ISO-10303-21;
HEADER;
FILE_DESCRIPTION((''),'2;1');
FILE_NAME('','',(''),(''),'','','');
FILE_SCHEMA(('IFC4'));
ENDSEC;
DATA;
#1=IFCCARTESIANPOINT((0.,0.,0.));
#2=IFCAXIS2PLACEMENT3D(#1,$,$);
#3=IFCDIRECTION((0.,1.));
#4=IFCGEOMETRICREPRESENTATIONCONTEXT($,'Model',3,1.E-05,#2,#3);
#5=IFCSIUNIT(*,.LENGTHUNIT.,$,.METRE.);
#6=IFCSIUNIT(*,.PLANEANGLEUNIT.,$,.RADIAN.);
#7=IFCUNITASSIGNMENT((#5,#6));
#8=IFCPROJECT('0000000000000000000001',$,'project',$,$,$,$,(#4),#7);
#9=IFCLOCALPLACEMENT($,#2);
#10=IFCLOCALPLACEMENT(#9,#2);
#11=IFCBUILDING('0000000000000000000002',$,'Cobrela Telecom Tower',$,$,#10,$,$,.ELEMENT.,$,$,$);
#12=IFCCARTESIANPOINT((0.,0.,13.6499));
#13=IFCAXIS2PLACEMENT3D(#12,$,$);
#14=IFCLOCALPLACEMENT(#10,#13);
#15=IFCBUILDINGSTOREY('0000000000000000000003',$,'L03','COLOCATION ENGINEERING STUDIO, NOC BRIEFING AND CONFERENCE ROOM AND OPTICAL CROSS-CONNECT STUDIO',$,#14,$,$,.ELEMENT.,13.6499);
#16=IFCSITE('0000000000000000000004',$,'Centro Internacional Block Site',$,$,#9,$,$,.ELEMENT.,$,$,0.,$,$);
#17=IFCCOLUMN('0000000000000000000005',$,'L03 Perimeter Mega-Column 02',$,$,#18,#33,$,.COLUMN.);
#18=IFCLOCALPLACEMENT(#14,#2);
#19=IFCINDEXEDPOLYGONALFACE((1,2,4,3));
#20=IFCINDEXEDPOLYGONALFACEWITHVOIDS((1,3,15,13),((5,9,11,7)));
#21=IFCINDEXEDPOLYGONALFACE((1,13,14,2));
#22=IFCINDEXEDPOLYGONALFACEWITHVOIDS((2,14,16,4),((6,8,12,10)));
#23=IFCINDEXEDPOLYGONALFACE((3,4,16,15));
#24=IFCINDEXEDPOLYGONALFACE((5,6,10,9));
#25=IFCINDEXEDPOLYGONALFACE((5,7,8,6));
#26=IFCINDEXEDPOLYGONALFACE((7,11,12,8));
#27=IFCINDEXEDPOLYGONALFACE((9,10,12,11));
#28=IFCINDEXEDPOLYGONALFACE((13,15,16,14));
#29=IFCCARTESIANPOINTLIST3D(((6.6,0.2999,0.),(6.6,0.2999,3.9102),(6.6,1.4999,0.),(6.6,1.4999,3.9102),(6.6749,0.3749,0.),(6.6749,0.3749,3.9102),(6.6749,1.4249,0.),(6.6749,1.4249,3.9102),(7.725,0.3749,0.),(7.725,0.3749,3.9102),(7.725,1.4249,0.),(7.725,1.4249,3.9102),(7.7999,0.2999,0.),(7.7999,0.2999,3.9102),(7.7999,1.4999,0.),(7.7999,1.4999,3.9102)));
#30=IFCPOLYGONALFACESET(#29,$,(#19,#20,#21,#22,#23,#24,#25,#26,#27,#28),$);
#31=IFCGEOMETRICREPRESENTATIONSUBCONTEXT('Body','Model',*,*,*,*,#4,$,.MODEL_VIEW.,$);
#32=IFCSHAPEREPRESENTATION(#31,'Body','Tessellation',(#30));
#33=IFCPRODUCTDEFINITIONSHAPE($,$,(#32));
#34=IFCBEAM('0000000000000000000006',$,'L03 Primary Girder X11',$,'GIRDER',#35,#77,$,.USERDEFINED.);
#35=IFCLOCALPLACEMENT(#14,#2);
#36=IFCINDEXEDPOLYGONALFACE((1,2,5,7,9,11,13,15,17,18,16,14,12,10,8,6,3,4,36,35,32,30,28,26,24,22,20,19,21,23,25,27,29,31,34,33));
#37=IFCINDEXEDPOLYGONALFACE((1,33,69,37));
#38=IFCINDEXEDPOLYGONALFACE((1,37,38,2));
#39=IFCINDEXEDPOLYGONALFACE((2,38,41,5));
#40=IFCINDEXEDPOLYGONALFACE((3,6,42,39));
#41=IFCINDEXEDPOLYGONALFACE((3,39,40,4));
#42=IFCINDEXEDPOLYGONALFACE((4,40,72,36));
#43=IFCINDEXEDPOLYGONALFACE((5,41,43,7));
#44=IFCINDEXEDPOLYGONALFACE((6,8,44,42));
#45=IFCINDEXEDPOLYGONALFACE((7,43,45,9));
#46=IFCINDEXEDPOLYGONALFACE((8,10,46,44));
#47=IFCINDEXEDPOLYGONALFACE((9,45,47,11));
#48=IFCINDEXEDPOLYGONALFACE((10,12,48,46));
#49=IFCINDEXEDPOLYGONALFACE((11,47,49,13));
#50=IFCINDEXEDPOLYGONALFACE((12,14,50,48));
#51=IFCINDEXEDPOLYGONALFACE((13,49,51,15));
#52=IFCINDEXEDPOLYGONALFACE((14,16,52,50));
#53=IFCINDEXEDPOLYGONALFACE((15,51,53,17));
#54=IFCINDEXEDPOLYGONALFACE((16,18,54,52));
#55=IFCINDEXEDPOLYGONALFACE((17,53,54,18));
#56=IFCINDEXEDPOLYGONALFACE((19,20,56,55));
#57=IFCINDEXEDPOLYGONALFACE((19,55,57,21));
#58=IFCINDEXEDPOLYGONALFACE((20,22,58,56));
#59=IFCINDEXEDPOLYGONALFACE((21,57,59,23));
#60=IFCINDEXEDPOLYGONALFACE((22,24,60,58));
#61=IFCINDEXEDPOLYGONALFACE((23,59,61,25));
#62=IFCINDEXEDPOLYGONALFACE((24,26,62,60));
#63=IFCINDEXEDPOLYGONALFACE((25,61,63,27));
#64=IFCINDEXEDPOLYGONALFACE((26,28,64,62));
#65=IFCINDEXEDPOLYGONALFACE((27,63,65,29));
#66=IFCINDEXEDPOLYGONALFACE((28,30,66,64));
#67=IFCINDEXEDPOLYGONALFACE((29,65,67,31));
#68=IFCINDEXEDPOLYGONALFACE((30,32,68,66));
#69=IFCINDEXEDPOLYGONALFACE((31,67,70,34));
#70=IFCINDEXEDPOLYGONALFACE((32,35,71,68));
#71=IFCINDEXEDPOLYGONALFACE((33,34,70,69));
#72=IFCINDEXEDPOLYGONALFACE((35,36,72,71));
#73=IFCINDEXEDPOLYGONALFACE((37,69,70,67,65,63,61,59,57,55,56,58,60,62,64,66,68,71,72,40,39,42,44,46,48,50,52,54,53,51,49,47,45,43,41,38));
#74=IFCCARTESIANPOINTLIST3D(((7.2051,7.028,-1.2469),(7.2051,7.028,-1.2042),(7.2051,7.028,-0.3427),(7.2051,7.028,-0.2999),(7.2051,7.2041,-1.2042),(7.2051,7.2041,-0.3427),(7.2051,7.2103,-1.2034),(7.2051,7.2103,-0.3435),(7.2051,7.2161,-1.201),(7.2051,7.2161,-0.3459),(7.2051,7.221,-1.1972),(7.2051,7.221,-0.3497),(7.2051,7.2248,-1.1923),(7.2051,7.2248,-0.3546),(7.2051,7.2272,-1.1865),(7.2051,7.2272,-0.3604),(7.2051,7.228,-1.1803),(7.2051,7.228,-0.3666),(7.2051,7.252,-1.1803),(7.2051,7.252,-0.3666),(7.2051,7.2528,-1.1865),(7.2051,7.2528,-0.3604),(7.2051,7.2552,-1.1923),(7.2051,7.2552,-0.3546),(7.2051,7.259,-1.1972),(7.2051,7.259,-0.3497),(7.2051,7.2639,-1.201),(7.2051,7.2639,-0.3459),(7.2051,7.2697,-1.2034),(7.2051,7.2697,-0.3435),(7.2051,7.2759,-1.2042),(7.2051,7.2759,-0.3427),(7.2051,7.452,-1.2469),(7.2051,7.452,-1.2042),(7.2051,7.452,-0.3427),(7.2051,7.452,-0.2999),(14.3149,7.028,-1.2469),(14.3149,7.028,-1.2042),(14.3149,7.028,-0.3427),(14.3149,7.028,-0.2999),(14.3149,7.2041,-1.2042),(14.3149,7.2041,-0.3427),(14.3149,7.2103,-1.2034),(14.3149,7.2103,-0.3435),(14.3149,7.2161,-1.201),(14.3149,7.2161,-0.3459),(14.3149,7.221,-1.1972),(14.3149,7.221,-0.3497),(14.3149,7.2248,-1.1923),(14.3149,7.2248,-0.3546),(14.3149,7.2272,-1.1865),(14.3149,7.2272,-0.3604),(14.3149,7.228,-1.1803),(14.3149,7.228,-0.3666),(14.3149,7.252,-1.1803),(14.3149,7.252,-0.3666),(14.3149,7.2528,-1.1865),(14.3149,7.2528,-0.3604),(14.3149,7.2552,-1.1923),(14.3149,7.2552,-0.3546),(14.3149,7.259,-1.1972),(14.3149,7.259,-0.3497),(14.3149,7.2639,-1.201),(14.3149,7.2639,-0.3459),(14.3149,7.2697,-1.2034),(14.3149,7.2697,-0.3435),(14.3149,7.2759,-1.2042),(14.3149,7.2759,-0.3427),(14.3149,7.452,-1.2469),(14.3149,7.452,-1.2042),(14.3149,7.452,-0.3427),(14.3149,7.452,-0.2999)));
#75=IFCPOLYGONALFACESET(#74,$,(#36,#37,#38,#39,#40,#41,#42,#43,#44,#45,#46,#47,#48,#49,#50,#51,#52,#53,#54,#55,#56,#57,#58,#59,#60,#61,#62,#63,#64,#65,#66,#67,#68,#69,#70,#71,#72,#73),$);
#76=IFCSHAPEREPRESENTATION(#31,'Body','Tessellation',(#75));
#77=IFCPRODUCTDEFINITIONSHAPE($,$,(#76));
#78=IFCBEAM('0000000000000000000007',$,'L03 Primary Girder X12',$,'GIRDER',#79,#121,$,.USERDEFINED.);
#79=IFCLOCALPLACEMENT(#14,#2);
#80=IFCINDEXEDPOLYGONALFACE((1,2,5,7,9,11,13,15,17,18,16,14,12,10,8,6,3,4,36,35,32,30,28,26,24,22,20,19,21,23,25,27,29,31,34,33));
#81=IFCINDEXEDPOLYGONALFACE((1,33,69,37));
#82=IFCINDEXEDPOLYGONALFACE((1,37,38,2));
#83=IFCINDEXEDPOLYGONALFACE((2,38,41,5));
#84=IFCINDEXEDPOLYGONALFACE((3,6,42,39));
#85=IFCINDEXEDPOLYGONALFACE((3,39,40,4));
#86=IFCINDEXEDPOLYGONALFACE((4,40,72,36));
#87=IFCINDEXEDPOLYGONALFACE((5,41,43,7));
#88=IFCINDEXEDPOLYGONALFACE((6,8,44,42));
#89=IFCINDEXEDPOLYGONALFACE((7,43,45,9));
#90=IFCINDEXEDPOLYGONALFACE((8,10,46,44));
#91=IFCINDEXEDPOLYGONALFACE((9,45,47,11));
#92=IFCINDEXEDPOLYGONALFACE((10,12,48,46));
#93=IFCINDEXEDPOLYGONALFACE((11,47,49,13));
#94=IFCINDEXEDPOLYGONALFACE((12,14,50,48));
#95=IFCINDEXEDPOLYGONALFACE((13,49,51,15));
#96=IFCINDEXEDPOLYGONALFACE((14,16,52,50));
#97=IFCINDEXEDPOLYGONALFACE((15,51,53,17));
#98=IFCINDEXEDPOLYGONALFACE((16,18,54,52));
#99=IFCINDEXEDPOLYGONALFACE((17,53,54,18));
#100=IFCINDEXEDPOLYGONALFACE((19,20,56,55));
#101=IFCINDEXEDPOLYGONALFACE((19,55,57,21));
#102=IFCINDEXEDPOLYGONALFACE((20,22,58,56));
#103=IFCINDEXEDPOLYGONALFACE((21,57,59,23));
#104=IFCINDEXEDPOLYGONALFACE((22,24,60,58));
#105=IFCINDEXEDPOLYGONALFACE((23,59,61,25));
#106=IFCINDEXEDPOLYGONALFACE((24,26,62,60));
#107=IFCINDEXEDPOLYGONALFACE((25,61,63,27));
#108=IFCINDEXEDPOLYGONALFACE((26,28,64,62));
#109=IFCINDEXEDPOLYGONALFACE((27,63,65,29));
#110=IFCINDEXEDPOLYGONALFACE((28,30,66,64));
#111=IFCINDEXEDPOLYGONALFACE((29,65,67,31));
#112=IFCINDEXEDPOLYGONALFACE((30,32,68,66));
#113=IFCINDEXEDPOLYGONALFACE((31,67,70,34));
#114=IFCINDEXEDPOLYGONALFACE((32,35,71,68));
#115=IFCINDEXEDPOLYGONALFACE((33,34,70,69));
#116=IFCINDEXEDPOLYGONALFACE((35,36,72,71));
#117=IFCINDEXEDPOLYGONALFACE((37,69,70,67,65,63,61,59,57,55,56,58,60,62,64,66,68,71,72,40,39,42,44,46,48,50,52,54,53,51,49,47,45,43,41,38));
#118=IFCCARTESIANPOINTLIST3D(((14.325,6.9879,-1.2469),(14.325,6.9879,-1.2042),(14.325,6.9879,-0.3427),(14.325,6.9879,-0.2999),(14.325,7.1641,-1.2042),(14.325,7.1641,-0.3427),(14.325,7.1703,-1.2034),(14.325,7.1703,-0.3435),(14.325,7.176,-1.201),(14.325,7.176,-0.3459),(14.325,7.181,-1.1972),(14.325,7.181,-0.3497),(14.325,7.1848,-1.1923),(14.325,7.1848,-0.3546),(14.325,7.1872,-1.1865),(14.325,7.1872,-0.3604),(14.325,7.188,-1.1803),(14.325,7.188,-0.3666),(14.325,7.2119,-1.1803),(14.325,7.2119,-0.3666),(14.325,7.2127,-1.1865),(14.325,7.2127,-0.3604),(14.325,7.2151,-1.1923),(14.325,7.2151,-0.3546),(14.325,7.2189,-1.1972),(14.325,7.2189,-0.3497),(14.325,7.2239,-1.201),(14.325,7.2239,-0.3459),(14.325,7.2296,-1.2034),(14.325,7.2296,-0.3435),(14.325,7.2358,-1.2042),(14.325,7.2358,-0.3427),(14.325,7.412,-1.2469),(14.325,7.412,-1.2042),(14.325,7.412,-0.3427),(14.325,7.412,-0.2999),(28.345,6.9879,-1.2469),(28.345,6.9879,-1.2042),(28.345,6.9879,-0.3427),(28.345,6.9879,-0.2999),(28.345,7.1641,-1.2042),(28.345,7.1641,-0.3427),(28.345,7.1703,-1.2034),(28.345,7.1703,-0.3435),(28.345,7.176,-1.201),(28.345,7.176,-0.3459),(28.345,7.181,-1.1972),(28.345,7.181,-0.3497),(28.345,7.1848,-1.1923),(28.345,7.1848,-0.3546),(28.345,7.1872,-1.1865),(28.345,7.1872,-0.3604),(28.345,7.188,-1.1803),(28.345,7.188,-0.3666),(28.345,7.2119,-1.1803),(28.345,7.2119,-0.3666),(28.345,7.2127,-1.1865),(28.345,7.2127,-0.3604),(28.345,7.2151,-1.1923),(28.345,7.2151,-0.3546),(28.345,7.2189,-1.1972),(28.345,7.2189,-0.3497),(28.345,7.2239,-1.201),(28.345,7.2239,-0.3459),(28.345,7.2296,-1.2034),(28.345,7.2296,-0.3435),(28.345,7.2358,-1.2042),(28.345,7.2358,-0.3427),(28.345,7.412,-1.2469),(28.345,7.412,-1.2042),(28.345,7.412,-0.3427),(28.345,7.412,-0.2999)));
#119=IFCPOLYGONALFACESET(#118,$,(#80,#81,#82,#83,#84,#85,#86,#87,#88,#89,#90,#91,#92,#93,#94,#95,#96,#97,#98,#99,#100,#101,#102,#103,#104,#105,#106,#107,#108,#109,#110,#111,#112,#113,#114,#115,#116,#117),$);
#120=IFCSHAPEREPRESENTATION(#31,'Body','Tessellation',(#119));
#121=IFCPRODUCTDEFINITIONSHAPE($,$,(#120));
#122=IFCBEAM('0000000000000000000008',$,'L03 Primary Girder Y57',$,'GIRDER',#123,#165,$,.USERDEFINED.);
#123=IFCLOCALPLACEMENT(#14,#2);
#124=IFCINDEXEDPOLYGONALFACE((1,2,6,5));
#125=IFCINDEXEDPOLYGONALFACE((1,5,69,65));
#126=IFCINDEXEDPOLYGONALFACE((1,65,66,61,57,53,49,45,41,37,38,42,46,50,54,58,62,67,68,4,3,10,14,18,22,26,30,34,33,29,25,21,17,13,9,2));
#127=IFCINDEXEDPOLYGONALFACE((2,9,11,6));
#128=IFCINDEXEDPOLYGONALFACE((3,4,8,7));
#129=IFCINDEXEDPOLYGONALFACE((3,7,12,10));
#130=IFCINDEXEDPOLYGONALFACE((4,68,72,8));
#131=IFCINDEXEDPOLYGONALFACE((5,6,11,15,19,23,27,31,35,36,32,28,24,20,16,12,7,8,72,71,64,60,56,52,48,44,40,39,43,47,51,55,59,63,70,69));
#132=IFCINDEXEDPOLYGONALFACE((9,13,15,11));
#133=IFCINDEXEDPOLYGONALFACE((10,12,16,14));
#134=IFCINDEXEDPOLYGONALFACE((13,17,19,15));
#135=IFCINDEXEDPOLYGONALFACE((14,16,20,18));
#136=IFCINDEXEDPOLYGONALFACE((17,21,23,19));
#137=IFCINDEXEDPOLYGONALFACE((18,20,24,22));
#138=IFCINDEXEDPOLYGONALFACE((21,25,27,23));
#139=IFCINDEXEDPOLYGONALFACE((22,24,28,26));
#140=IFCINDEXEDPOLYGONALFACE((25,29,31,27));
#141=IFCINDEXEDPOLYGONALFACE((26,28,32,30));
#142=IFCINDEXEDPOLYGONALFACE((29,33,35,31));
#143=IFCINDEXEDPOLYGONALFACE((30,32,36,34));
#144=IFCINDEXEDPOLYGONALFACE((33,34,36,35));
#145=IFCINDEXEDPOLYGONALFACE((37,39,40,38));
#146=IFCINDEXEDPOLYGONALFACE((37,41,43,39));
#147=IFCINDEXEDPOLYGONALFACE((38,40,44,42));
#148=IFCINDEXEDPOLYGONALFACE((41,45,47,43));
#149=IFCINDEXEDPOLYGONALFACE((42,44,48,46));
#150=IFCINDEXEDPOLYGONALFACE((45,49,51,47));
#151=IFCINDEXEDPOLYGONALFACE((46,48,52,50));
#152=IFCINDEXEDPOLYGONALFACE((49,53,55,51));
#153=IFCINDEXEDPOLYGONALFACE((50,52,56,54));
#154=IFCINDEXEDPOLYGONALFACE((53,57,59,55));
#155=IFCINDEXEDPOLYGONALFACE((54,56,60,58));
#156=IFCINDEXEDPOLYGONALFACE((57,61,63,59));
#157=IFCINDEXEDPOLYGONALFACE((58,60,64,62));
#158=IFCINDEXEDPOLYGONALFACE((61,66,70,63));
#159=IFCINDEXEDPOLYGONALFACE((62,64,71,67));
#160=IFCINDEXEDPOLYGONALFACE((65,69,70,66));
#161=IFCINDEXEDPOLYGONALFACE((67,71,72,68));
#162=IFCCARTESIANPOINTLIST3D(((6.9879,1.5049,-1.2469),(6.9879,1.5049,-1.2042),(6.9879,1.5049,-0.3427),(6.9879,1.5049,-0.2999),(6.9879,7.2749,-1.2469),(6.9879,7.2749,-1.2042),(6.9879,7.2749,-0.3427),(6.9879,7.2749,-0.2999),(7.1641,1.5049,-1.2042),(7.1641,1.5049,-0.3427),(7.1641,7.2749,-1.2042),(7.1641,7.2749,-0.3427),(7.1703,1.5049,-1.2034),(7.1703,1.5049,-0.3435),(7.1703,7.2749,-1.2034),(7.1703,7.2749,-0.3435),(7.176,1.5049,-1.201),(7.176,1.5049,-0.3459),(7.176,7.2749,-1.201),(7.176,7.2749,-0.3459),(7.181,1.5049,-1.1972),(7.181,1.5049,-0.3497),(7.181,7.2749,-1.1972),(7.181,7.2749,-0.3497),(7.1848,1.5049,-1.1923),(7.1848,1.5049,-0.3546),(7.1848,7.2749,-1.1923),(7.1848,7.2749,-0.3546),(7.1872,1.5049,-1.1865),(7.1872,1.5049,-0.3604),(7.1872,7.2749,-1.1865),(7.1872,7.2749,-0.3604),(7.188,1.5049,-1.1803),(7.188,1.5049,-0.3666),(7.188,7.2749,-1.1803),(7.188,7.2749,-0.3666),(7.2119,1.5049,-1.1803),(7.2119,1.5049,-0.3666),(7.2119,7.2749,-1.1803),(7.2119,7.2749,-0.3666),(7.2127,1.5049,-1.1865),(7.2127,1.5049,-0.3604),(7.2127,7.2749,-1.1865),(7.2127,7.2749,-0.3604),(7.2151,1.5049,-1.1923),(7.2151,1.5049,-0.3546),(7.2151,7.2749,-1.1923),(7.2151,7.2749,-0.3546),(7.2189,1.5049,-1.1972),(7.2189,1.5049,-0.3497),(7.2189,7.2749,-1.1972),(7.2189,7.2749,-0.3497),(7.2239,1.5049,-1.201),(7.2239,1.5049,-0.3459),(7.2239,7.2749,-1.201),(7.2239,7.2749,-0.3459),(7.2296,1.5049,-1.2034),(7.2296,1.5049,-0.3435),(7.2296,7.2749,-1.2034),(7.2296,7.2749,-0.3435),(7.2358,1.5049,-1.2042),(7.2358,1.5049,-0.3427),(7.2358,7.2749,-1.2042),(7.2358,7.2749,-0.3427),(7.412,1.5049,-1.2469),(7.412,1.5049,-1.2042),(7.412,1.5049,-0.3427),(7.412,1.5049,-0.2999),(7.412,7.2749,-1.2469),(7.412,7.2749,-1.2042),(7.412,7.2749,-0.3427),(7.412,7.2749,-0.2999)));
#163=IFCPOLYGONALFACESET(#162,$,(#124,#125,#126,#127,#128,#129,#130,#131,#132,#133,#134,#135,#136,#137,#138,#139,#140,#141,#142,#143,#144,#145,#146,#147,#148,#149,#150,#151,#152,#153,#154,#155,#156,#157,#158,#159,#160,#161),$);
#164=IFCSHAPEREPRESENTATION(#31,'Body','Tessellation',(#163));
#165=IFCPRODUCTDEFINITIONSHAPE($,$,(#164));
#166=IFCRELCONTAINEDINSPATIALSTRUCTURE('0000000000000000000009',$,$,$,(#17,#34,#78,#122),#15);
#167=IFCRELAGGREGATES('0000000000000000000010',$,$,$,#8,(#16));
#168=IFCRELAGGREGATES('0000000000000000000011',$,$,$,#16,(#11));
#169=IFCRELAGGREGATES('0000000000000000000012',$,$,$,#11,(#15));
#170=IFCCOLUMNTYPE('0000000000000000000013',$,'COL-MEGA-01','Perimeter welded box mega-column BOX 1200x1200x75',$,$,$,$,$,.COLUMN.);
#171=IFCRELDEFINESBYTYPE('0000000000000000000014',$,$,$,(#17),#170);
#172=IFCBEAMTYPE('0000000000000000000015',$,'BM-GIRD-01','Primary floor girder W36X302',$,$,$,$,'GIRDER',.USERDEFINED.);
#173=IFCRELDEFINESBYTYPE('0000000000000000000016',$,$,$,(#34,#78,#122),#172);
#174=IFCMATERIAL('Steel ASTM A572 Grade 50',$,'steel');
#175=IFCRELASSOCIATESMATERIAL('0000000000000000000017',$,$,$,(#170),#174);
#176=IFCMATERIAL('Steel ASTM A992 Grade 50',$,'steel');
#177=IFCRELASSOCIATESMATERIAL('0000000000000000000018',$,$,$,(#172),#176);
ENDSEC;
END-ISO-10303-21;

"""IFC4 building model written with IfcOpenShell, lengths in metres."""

from ifc_helpers import new_model, si_unit, direction, frame, origin, origin_2d, place, context, subcontext, project, spatial, hollow_rectangle, i_section, extrude, material, material_profile, profile_set, type_object, element, save


model = new_model("IFC4")

# Units and contexts
model_context = context("Model", 3, precision=1e-05, world=origin(), true_north=direction((0.0, 1.0)))
body_context = subcontext(model_context, "Body", "Model", "MODEL_VIEW")
ifc_project = project(units=[si_unit("LENGTHUNIT", "METRE"), si_unit("PLANEANGLEUNIT", "RADIAN")], contexts=[model_context])

# Site, building, storey
site_placement = place(None, origin())
site = spatial("IfcSite", under=ifc_project, at=site_placement, Name="Centro Internacional Block Site", CompositionType="ELEMENT", RefElevation=0.0)
building_placement = place(site_placement, origin())
building = spatial("IfcBuilding", under=site, at=building_placement, Name="Cobrela Telecom Tower", CompositionType="ELEMENT")
storey_placement = place(building_placement, frame((0.0, 0.0, 13.6499)))
storey = spatial("IfcBuildingStorey", under=building, at=storey_placement, Name="L03", Description="COLOCATION ENGINEERING STUDIO, NOC BRIEFING AND CONFERENCE ROOM AND OPTICAL CROSS-CONNECT STUDIO", CompositionType="ELEMENT", Elevation=13.6499)

# Column
ifc_material_1 = material(Name="Steel ASTM A572 Grade 50", Category="steel")
ifc_material_profile_1 = material_profile(ifc_material_1, hollow_rectangle(XDim=1.2, YDim=1.2, WallThickness=0.075, at=origin_2d()), Name="BOX 1200x1200x75")
ifc_profile_set_1 = profile_set([ifc_material_profile_1], Name="Steel ASTM A572 Grade 50")
column_type = type_object("IfcColumnType", Name="COL-MEGA-01", Description="Perimeter welded box mega-column BOX 1200x1200x75", PredefinedType="COLUMN", material=ifc_profile_set_1)
column_placement = place(storey_placement, frame((7.2, 0.8999, 0.0), z_axis=(0.0, 0.0, 1.0), x_axis=(1.0, 0.0, 0.0)))
element("IfcColumn", 1, at=column_placement, inside=storey, type_object=column_type, Name="L03 Perimeter Mega-Column 02", PredefinedType="COLUMN", context=body_context, shape_type="SweptSolid", body=[
    extrude(hollow_rectangle(XDim=1.2, YDim=1.2, WallThickness=0.075, at=origin_2d()), origin(), (0.0, 0.0, 1.0), 3.9102),
])

# Beams
ifc_material_2 = material(Name="Steel ASTM A992 Grade 50", Category="steel")
ifc_material_profile_2 = material_profile(ifc_material_2, i_section(OverallWidth=0.4241, OverallDepth=0.947, WebThickness=0.0239, FlangeThickness=0.0427, FilletRadius=0.0239, at=origin_2d()), Name="W36X302")
ifc_profile_set_2 = profile_set([ifc_material_profile_2], Name="Steel ASTM A992 Grade 50")
beam_type_1 = type_object("IfcBeamType", Name="BM-GIRD-01", Description="Primary floor girder W36X302", ElementType="GIRDER", PredefinedType="USERDEFINED", material=ifc_profile_set_2)
beam_1_placement = place(storey_placement, frame((7.2051, 7.24, -0.7734), z_axis=(1.0, 0.0, 0.0), x_axis=(0.0, 1.0, 0.0)))
element("IfcBeam", 2, at=beam_1_placement, inside=storey, type_object=beam_type_1, Name="L03 Primary Girder X11", ObjectType="GIRDER", PredefinedType="USERDEFINED", context=body_context, shape_type="SweptSolid", body=[
    extrude(i_section(OverallWidth=0.4241, OverallDepth=0.947, WebThickness=0.0239, FlangeThickness=0.0427, FilletRadius=0.0239, at=origin_2d()), origin(), (0.0, 0.0, 1.0), 7.1099),
])
beam_2_placement = place(storey_placement, frame((14.325, 7.2, -0.7734), z_axis=(1.0, 0.0, 0.0), x_axis=(0.0, 1.0, 0.0)))
element("IfcBeam", 3, at=beam_2_placement, inside=storey, type_object=beam_type_1, Name="L03 Primary Girder X12", ObjectType="GIRDER", PredefinedType="USERDEFINED", context=body_context, shape_type="SweptSolid", body=[
    extrude(i_section(OverallWidth=0.4241, OverallDepth=0.947, WebThickness=0.0239, FlangeThickness=0.0427, FilletRadius=0.0239, at=origin_2d()), origin(), (0.0, 0.0, 1.0), 14.02),
])
beam_3_placement = place(storey_placement, frame((7.2, 1.5049, -0.7734), z_axis=(0.0, 1.0, 0.0), x_axis=(-1.0, 0.0, 0.0)))
element("IfcBeam", 4, at=beam_3_placement, inside=storey, type_object=beam_type_1, Name="L03 Primary Girder Y57", ObjectType="GIRDER", PredefinedType="USERDEFINED", context=body_context, shape_type="SweptSolid", body=[
    extrude(i_section(OverallWidth=0.4241, OverallDepth=0.947, WebThickness=0.0239, FlangeThickness=0.0427, FilletRadius=0.0239, at=origin_2d()), origin(), (0.0, 0.0, 1.0), 5.77),
])

save(model, "model.ifc")
